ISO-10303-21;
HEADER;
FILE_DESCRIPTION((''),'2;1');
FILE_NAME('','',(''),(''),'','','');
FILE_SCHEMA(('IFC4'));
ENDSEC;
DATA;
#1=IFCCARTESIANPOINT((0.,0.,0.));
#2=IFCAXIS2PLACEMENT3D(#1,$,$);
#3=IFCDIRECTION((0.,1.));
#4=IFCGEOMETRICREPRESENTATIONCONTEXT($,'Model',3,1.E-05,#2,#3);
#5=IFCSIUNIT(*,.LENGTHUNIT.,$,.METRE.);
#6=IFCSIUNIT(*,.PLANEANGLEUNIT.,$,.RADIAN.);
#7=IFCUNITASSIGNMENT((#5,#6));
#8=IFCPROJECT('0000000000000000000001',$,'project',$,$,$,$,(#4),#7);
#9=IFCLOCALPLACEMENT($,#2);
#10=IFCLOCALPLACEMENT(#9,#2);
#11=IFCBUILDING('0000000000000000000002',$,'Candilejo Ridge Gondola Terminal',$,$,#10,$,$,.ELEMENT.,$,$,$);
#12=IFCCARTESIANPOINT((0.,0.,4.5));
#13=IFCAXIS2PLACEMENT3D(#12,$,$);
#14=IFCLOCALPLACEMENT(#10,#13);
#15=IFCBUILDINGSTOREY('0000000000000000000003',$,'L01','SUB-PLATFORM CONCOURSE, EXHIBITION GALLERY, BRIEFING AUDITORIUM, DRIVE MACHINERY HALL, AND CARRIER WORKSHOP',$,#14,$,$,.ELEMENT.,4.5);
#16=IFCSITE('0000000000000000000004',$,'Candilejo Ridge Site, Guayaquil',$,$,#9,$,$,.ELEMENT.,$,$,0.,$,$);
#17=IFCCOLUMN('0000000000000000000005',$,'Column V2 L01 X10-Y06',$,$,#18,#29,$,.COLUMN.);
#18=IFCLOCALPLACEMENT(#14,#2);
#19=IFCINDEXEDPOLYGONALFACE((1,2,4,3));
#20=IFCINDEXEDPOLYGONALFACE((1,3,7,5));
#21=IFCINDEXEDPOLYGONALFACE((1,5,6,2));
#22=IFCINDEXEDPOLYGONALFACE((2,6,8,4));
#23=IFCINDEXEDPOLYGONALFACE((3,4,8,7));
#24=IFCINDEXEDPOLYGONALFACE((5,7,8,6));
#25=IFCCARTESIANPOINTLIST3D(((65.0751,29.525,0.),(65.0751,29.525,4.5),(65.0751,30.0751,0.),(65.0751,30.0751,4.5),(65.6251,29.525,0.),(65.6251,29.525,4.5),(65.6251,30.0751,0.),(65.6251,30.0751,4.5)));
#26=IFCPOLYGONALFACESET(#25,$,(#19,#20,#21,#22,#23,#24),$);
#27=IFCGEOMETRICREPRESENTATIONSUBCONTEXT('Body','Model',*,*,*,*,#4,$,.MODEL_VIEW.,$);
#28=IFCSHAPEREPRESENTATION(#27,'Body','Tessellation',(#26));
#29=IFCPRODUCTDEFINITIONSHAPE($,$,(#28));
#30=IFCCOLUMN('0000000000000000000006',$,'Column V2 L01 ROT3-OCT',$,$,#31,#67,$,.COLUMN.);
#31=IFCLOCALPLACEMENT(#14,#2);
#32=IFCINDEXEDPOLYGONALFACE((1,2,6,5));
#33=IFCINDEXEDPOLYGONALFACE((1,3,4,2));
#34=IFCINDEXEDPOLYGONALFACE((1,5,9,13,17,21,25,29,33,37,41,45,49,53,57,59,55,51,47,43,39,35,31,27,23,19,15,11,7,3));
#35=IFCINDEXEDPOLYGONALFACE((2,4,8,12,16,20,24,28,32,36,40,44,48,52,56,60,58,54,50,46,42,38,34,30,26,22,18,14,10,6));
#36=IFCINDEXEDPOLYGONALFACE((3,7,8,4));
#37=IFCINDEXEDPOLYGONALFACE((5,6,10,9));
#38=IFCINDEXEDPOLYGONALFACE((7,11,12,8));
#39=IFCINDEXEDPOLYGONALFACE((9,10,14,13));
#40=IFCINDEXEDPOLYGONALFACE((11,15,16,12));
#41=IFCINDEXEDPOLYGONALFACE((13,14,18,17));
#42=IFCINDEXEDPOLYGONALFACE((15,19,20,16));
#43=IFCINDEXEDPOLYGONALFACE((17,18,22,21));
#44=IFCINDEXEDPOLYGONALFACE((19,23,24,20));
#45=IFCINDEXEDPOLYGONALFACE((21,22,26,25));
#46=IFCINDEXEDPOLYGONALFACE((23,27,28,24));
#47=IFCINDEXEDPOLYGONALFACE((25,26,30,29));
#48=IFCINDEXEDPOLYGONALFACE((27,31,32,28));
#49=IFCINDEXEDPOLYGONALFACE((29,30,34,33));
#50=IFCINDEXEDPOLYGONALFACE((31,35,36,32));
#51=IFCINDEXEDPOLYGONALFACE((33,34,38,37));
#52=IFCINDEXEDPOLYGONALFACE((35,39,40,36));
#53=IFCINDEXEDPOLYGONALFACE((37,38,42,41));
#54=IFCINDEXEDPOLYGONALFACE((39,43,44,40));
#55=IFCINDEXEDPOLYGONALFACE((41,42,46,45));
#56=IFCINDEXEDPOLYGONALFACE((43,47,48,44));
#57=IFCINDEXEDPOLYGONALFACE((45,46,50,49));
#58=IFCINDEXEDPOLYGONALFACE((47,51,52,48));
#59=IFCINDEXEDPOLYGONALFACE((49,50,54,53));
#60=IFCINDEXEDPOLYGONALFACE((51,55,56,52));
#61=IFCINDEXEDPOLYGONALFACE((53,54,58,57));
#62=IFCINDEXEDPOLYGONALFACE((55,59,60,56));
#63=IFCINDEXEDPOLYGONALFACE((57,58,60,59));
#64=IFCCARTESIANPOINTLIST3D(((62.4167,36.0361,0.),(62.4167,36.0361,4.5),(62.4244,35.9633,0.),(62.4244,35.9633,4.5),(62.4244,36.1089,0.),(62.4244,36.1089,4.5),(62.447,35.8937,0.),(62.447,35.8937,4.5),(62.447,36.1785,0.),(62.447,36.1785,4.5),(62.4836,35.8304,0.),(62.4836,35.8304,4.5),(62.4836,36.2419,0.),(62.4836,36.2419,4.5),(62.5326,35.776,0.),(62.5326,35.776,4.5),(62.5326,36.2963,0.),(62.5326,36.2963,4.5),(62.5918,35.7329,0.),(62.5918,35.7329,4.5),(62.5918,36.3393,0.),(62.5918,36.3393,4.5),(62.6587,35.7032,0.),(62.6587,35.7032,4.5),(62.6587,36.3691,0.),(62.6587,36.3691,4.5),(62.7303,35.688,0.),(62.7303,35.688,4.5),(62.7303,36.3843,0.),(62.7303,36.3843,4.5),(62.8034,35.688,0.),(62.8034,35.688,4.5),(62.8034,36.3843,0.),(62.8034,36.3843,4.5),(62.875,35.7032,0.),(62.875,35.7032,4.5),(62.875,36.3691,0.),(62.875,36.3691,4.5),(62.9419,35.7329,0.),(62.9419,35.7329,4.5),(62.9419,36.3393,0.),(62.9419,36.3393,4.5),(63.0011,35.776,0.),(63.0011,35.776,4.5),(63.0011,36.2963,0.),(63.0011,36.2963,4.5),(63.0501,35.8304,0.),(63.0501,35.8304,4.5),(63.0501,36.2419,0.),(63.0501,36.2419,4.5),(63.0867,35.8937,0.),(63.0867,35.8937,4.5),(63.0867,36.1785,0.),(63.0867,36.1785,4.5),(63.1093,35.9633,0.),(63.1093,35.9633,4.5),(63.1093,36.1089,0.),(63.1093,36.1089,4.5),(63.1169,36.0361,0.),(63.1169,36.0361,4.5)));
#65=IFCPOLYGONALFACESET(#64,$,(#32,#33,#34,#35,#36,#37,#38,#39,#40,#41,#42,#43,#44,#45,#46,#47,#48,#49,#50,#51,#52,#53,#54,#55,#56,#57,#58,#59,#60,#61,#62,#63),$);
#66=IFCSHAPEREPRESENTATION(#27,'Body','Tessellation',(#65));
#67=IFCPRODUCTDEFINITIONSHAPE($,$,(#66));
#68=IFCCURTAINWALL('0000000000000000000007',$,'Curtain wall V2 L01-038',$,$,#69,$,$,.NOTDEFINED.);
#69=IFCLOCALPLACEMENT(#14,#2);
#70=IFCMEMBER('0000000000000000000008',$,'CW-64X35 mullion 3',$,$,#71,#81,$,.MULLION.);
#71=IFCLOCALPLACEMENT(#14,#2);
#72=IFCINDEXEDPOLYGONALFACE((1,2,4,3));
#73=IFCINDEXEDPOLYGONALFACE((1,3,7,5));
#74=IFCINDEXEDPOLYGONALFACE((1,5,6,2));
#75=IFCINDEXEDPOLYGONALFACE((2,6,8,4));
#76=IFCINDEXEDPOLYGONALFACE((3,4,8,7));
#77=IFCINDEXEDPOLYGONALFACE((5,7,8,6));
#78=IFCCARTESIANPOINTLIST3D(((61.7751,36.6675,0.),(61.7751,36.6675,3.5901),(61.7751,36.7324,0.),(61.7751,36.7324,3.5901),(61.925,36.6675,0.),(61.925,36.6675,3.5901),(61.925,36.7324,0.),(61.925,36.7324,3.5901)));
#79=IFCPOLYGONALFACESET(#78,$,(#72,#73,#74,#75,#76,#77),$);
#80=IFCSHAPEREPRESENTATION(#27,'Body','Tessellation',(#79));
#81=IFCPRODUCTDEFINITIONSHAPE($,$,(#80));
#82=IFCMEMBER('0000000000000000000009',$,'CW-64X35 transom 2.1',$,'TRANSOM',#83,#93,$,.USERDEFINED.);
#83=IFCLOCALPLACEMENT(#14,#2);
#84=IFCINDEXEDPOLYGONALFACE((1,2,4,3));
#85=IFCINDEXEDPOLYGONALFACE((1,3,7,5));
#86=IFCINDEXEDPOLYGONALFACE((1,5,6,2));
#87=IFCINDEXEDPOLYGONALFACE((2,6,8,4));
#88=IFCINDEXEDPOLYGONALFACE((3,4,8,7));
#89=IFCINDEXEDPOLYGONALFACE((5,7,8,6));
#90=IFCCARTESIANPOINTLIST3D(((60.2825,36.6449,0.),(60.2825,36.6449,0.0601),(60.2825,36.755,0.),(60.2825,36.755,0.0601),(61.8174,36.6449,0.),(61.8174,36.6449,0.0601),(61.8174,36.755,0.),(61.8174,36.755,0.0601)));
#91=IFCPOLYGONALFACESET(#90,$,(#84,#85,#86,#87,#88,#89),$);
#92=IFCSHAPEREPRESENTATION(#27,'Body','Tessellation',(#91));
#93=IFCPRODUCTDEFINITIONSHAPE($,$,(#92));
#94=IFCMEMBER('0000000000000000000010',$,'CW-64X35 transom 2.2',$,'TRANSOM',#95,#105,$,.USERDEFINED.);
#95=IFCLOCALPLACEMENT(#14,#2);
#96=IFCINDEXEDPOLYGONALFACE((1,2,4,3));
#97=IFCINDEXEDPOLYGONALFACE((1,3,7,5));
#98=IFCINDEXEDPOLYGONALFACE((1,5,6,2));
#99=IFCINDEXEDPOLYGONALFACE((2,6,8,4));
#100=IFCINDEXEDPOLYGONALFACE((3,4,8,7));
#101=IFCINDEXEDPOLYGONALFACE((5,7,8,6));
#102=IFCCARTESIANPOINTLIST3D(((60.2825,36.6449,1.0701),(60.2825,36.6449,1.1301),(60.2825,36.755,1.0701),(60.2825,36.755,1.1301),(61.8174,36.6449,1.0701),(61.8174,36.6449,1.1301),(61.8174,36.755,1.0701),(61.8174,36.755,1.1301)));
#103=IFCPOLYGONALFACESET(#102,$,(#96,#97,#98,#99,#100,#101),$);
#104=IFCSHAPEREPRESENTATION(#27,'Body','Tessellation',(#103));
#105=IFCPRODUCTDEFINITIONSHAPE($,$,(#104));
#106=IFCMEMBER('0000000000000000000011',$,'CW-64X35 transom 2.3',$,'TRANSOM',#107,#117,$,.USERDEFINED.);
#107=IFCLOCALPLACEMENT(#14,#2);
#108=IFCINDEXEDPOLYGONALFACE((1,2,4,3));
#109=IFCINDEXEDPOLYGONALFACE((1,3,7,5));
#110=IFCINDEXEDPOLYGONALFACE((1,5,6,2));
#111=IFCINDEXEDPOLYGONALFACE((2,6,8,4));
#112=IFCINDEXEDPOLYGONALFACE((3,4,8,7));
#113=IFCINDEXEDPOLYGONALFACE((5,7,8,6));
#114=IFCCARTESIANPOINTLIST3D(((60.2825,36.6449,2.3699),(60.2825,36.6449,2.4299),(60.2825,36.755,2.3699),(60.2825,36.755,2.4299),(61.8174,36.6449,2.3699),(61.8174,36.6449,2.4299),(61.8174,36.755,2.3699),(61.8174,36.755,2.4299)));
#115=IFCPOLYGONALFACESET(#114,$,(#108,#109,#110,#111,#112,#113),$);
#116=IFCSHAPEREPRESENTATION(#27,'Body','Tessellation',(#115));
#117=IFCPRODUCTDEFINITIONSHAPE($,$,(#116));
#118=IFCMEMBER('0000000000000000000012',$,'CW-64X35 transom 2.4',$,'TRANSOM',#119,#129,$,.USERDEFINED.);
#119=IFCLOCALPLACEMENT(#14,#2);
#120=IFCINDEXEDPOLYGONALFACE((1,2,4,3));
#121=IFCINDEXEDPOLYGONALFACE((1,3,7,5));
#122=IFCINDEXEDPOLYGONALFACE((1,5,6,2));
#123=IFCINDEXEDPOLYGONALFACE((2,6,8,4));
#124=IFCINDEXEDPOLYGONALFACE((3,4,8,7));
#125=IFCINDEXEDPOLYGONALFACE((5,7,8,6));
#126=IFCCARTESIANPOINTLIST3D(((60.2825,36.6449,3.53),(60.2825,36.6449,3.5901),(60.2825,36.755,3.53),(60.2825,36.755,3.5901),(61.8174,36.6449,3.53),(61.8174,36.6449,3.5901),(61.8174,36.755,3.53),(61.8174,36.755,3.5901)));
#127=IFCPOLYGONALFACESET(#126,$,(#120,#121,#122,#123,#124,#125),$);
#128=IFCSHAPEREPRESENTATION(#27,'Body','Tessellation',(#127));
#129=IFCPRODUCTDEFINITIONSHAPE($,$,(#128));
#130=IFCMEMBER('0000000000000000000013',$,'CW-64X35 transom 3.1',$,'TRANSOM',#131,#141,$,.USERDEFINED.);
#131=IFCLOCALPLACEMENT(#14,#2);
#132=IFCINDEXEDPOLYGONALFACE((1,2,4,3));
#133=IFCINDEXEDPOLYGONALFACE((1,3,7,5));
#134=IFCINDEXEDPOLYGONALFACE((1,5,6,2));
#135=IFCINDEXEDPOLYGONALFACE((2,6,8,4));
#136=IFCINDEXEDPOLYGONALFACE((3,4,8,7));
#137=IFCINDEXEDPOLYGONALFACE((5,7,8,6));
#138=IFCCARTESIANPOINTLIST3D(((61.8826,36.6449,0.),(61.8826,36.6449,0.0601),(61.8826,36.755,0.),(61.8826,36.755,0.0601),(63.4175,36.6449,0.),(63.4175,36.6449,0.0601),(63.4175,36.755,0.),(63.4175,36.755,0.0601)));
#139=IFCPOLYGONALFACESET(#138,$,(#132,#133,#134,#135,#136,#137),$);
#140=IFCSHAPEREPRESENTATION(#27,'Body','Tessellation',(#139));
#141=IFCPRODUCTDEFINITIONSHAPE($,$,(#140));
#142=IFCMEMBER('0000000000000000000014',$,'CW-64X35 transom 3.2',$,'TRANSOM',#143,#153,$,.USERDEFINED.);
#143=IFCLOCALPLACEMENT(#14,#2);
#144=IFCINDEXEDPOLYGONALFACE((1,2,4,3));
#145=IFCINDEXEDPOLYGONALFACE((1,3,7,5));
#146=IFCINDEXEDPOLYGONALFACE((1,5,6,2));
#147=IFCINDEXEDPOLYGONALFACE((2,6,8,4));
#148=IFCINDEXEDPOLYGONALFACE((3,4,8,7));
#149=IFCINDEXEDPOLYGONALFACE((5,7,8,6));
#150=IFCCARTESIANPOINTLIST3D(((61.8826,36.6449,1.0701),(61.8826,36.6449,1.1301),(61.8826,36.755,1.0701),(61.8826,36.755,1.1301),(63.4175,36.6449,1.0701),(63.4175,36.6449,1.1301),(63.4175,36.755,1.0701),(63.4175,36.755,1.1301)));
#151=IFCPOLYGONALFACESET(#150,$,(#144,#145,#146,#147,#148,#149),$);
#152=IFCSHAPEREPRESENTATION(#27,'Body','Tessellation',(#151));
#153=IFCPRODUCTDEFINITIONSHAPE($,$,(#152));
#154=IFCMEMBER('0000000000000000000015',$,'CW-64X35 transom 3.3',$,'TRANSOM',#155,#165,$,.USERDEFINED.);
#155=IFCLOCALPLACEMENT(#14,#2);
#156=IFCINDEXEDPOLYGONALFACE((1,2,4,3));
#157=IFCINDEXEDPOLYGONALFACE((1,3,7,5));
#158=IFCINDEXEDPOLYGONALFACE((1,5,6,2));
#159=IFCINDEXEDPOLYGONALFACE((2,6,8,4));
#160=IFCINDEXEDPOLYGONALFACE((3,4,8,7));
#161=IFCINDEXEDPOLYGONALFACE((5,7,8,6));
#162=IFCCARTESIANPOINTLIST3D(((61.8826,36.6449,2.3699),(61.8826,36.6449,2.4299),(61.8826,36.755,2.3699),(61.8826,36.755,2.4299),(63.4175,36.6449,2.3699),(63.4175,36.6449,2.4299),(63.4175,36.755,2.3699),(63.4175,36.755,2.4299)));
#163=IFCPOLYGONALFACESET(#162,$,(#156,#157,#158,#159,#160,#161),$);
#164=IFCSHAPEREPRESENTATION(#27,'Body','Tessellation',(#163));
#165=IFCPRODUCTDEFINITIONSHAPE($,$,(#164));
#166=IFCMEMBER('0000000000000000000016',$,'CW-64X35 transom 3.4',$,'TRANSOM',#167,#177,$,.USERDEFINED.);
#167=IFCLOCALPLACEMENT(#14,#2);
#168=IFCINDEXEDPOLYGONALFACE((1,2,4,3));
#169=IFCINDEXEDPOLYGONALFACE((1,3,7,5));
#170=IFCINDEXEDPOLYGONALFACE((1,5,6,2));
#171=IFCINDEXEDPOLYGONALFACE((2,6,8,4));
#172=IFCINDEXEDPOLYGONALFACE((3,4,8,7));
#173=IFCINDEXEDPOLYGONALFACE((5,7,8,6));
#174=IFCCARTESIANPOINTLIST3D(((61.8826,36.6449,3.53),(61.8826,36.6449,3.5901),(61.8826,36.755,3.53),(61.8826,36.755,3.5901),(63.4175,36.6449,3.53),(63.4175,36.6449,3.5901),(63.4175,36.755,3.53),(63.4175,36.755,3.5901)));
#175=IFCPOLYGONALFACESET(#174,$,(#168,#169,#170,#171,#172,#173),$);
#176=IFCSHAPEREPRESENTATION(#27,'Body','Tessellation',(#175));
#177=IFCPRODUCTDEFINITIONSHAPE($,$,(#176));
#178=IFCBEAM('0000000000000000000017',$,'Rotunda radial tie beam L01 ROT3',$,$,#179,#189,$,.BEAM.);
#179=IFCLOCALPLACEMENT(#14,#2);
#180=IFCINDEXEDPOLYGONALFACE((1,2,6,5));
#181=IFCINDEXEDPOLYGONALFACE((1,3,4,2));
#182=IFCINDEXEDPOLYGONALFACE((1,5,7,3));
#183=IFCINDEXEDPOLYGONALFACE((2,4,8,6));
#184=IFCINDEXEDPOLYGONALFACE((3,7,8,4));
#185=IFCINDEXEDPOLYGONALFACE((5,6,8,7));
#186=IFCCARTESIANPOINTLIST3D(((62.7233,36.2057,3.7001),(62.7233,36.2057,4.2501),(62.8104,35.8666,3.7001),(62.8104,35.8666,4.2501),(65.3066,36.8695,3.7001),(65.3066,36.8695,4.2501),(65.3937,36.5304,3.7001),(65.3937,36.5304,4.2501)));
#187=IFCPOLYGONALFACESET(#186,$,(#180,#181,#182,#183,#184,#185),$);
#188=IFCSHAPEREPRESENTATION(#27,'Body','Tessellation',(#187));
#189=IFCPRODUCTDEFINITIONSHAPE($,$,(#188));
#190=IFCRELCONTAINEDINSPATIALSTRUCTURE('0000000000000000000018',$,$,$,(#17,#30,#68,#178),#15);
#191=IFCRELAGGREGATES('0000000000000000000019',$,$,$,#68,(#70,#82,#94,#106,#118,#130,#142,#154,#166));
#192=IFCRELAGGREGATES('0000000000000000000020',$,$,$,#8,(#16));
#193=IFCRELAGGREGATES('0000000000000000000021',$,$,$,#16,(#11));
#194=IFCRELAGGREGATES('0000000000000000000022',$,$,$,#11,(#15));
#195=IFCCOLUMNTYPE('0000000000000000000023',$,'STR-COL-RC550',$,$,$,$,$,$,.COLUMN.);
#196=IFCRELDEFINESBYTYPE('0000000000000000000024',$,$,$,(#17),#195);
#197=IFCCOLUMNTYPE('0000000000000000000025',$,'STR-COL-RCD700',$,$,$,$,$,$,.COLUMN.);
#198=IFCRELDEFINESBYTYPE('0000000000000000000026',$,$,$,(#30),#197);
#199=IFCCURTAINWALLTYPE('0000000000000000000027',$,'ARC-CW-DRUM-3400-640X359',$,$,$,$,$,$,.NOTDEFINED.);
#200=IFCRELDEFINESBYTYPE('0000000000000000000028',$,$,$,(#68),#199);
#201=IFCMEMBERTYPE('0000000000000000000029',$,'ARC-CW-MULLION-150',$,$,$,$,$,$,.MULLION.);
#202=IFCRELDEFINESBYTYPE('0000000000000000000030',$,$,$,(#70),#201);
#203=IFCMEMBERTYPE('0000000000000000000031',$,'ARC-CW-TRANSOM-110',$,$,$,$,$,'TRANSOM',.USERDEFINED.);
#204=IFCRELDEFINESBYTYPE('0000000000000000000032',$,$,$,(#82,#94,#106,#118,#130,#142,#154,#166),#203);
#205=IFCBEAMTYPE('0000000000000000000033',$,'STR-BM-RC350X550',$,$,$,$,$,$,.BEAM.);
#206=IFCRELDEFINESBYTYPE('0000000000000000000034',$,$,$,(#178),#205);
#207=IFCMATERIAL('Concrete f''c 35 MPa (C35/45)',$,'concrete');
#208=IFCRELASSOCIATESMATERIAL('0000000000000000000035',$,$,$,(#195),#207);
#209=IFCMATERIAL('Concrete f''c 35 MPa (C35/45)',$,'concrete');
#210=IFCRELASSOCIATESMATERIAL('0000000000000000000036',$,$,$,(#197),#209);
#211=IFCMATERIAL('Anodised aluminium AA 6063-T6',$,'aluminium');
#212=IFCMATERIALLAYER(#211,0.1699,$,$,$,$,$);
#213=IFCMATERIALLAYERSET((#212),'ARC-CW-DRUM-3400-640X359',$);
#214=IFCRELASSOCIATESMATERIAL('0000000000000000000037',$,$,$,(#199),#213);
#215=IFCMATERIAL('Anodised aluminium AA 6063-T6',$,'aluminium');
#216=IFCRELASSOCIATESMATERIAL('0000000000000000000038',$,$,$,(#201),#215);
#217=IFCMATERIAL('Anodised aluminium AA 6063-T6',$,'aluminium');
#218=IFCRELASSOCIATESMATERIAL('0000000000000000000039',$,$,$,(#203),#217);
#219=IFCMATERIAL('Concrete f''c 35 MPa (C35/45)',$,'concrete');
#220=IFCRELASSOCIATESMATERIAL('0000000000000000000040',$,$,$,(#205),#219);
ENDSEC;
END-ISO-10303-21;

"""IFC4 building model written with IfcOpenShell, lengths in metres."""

from ifc_helpers import new_model, si_unit, direction, frame, origin, origin_2d, place, context, subcontext, project, spatial, rectangle, circle, extrude, material, layer, layer_set, material_profile, profile_set, type_object, element, aggregate, save


model = new_model("IFC4")

# Units and contexts
model_context = context("Model", 3, precision=1e-05, world=origin(), true_north=direction((0.0, 1.0)))
body_context = subcontext(model_context, "Body", "Model", "MODEL_VIEW")
ifc_project = project(units=[si_unit("LENGTHUNIT", "METRE"), si_unit("PLANEANGLEUNIT", "RADIAN")], contexts=[model_context])

# Site, building, storey
site_placement = place(None, origin())
site = spatial("IfcSite", under=ifc_project, at=site_placement, Name="Candilejo Ridge Site, Guayaquil", CompositionType="ELEMENT", RefElevation=0.0)
building_placement = place(site_placement, origin())
building = spatial("IfcBuilding", under=site, at=building_placement, Name="Candilejo Ridge Gondola Terminal", CompositionType="ELEMENT")
storey_placement = place(building_placement, frame((0.0, 0.0, 4.5)))
storey = spatial("IfcBuildingStorey", under=building, at=storey_placement, Name="L01", Description="SUB-PLATFORM CONCOURSE, EXHIBITION GALLERY, BRIEFING AUDITORIUM, DRIVE MACHINERY HALL, AND CARRIER WORKSHOP", CompositionType="ELEMENT", Elevation=4.5)

# Columns
ifc_material_1 = material(Name="Concrete f'c 35 MPa (C35/45)", Category="concrete")
ifc_material_profile_1 = material_profile(ifc_material_1, rectangle(XDim=0.55, YDim=0.55, at=origin_2d()))
ifc_profile_set_1 = profile_set([ifc_material_profile_1], Name="Concrete f'c 35 MPa (C35/45)")
column_type_1 = type_object("IfcColumnType", Name="STR-COL-RC550", PredefinedType="COLUMN", material=ifc_profile_set_1)
column_1_placement = place(storey_placement, frame((65.3501, 29.8, 0.0), z_axis=(0.0, 0.0, 1.0), x_axis=(1.0, 0.0, 0.0)))
element("IfcColumn", 1, at=column_1_placement, inside=storey, type_object=column_type_1, Name="Column V2 L01 X10-Y06", PredefinedType="COLUMN", context=body_context, shape_type="SweptSolid", body=[
    extrude(rectangle(XDim=0.55, YDim=0.55, at=origin_2d()), origin(), (0.0, 0.0, 1.0), 4.5),
])
ifc_material_2 = material(Name="Concrete f'c 35 MPa (C35/45)", Category="concrete")
ifc_material_profile_2 = material_profile(ifc_material_2, circle(Radius=0.3501, at=origin_2d()))
ifc_profile_set_2 = profile_set([ifc_material_profile_2], Name="Concrete f'c 35 MPa (C35/45)")
column_type_2 = type_object("IfcColumnType", Name="STR-COL-RCD700", PredefinedType="COLUMN", material=ifc_profile_set_2)
column_2_placement = place(storey_placement, frame((62.7668, 36.0361, 0.0), z_axis=(0.0, 0.0, 1.0), x_axis=(1.0, 0.0, 0.0)))
element("IfcColumn", 2, at=column_2_placement, inside=storey, type_object=column_type_2, Name="Column V2 L01 ROT3-OCT", PredefinedType="COLUMN", context=body_context, shape_type="SweptSolid", body=[
    extrude(circle(Radius=0.3501, at=origin_2d()), origin(), (0.0, 0.0, 1.0), 4.5),
])

# Curtain wall, members
ifc_material_3 = material(Name="Anodised aluminium AA 6063-T6", Category="aluminium")
ifc_layer_1 = layer(ifc_material_3, 0.1699)
ifc_layer_set_1 = layer_set([ifc_layer_1], Name="ARC-CW-DRUM-3400-640X359")
curtain_wall_type = type_object("IfcCurtainWallType", Name="ARC-CW-DRUM-3400-640X359", PredefinedType="NOTDEFINED", material=ifc_layer_set_1)
curtain_wall_placement = place(storey_placement, origin())
curtain_wall = element("IfcCurtainWall", 3, at=curtain_wall_placement, inside=storey, type_object=curtain_wall_type, Name="Curtain wall V2 L01-038", PredefinedType="NOTDEFINED")
ifc_material_4 = material(Name="Anodised aluminium AA 6063-T6", Category="aluminium")
ifc_material_profile_3 = material_profile(ifc_material_4, rectangle(XDim=0.0649, YDim=0.1499, at=origin_2d()))
ifc_profile_set_3 = profile_set([ifc_material_profile_3], Name="Anodised aluminium AA 6063-T6")
member_type_1 = type_object("IfcMemberType", Name="ARC-CW-MULLION-150", PredefinedType="MULLION", material=ifc_profile_set_3)
member_1_placement = place(storey_placement, frame((61.8501, 36.7, 0.0), z_axis=(0.0, 0.0, 1.0), x_axis=(0.0, 1.0, 0.0)))
member_1 = element("IfcMember", 4, at=member_1_placement, type_object=member_type_1, Name="CW-64X35 mullion 3", PredefinedType="MULLION", context=body_context, shape_type="SweptSolid", body=[
    extrude(rectangle(XDim=0.0649, YDim=0.1499, at=origin_2d()), origin(), (0.0, 0.0, 1.0), 3.5901),
])
ifc_material_5 = material(Name="Anodised aluminium AA 6063-T6", Category="aluminium")
ifc_material_profile_4 = material_profile(ifc_material_5, rectangle(XDim=0.1101, YDim=0.0601, at=origin_2d()))
ifc_profile_set_4 = profile_set([ifc_material_profile_4], Name="Anodised aluminium AA 6063-T6")
member_type_2 = type_object("IfcMemberType", Name="ARC-CW-TRANSOM-110", ElementType="TRANSOM", PredefinedType="USERDEFINED", material=ifc_profile_set_4)
member_2_placement = place(storey_placement, frame((60.2825, 36.7, 0.03), z_axis=(1.0, 0.0, 0.0), x_axis=(0.0, 1.0, 0.0)))
member_2 = element("IfcMember", 5, at=member_2_placement, type_object=member_type_2, Name="CW-64X35 transom 2.1", ObjectType="TRANSOM", PredefinedType="USERDEFINED", context=body_context, shape_type="SweptSolid", body=[
    extrude(rectangle(XDim=0.1101, YDim=0.0601, at=origin_2d()), origin(), (0.0, 0.0, 1.0), 1.5349),
])
member_3_placement = place(storey_placement, frame((60.2825, 36.7, 1.1001), z_axis=(1.0, 0.0, 0.0), x_axis=(0.0, 1.0, 0.0)))
member_3 = element("IfcMember", 6, at=member_3_placement, type_object=member_type_2, Name="CW-64X35 transom 2.2", ObjectType="TRANSOM", PredefinedType="USERDEFINED", context=body_context, shape_type="SweptSolid", body=[
    extrude(rectangle(XDim=0.1101, YDim=0.0601, at=origin_2d()), origin(), (0.0, 0.0, 1.0), 1.5349),
])
member_4_placement = place(storey_placement, frame((60.2825, 36.7, 2.3999), z_axis=(1.0, 0.0, 0.0), x_axis=(0.0, 1.0, 0.0)))
member_4 = element("IfcMember", 7, at=member_4_placement, type_object=member_type_2, Name="CW-64X35 transom 2.3", ObjectType="TRANSOM", PredefinedType="USERDEFINED", context=body_context, shape_type="SweptSolid", body=[
    extrude(rectangle(XDim=0.1101, YDim=0.0601, at=origin_2d()), origin(), (0.0, 0.0, 1.0), 1.5349),
])
member_5_placement = place(storey_placement, frame((60.2825, 36.7, 3.5601), z_axis=(1.0, 0.0, 0.0), x_axis=(0.0, 1.0, 0.0)))
member_5 = element("IfcMember", 8, at=member_5_placement, type_object=member_type_2, Name="CW-64X35 transom 2.4", ObjectType="TRANSOM", PredefinedType="USERDEFINED", context=body_context, shape_type="SweptSolid", body=[
    extrude(rectangle(XDim=0.1101, YDim=0.0601, at=origin_2d()), origin(), (0.0, 0.0, 1.0), 1.5349),
])
member_6_placement = place(storey_placement, frame((61.8826, 36.7, 0.03), z_axis=(1.0, 0.0, 0.0), x_axis=(0.0, 1.0, 0.0)))
member_6 = element("IfcMember", 9, at=member_6_placement, type_object=member_type_2, Name="CW-64X35 transom 3.1", ObjectType="TRANSOM", PredefinedType="USERDEFINED", context=body_context, shape_type="SweptSolid", body=[
    extrude(rectangle(XDim=0.1101, YDim=0.0601, at=origin_2d()), origin(), (0.0, 0.0, 1.0), 1.5349),
])
member_7_placement = place(storey_placement, frame((61.8826, 36.7, 1.1001), z_axis=(1.0, 0.0, 0.0), x_axis=(0.0, 1.0, 0.0)))
member_7 = element("IfcMember", 10, at=member_7_placement, type_object=member_type_2, Name="CW-64X35 transom 3.2", ObjectType="TRANSOM", PredefinedType="USERDEFINED", context=body_context, shape_type="SweptSolid", body=[
    extrude(rectangle(XDim=0.1101, YDim=0.0601, at=origin_2d()), origin(), (0.0, 0.0, 1.0), 1.5349),
])
member_8_placement = place(storey_placement, frame((61.8826, 36.7, 2.3999), z_axis=(1.0, 0.0, 0.0), x_axis=(0.0, 1.0, 0.0)))
member_8 = element("IfcMember", 11, at=member_8_placement, type_object=member_type_2, Name="CW-64X35 transom 3.3", ObjectType="TRANSOM", PredefinedType="USERDEFINED", context=body_context, shape_type="SweptSolid", body=[
    extrude(rectangle(XDim=0.1101, YDim=0.0601, at=origin_2d()), origin(), (0.0, 0.0, 1.0), 1.5349),
])
member_9_placement = place(storey_placement, frame((61.8826, 36.7, 3.5601), z_axis=(1.0, 0.0, 0.0), x_axis=(0.0, 1.0, 0.0)))
member_9 = element("IfcMember", 12, at=member_9_placement, type_object=member_type_2, Name="CW-64X35 transom 3.4", ObjectType="TRANSOM", PredefinedType="USERDEFINED", context=body_context, shape_type="SweptSolid", body=[
    extrude(rectangle(XDim=0.1101, YDim=0.0601, at=origin_2d()), origin(), (0.0, 0.0, 1.0), 1.5349),
])

# Beam
ifc_material_6 = material(Name="Concrete f'c 35 MPa (C35/45)", Category="concrete")
ifc_material_profile_5 = material_profile(ifc_material_6, rectangle(XDim=0.3501, YDim=0.55, at=origin_2d()))
ifc_profile_set_5 = profile_set([ifc_material_profile_5], Name="Concrete f'c 35 MPa (C35/45)")
beam_type_1 = type_object("IfcBeamType", Name="STR-BM-RC350X550", PredefinedType="BEAM", material=ifc_profile_set_5)
beam_1_placement = place(storey_placement, frame((62.7668, 36.0361, 3.9751), z_axis=(0.968533, 0.248884, 0.0), x_axis=(-0.248884, 0.968533, 0.0)))
element("IfcBeam", 13, at=beam_1_placement, inside=storey, type_object=beam_type_1, Name="Rotunda radial tie beam L01 ROT3", PredefinedType="BEAM", context=body_context, shape_type="SweptSolid", body=[
    extrude(rectangle(XDim=0.3501, YDim=0.55, at=origin_2d()), origin(), (0.0, 0.0, 1.0), 2.6672),
])

aggregate(curtain_wall, [member_1, member_2, member_3, member_4, member_5, member_6, member_7, member_8, member_9])

save(model, "model.ifc")
